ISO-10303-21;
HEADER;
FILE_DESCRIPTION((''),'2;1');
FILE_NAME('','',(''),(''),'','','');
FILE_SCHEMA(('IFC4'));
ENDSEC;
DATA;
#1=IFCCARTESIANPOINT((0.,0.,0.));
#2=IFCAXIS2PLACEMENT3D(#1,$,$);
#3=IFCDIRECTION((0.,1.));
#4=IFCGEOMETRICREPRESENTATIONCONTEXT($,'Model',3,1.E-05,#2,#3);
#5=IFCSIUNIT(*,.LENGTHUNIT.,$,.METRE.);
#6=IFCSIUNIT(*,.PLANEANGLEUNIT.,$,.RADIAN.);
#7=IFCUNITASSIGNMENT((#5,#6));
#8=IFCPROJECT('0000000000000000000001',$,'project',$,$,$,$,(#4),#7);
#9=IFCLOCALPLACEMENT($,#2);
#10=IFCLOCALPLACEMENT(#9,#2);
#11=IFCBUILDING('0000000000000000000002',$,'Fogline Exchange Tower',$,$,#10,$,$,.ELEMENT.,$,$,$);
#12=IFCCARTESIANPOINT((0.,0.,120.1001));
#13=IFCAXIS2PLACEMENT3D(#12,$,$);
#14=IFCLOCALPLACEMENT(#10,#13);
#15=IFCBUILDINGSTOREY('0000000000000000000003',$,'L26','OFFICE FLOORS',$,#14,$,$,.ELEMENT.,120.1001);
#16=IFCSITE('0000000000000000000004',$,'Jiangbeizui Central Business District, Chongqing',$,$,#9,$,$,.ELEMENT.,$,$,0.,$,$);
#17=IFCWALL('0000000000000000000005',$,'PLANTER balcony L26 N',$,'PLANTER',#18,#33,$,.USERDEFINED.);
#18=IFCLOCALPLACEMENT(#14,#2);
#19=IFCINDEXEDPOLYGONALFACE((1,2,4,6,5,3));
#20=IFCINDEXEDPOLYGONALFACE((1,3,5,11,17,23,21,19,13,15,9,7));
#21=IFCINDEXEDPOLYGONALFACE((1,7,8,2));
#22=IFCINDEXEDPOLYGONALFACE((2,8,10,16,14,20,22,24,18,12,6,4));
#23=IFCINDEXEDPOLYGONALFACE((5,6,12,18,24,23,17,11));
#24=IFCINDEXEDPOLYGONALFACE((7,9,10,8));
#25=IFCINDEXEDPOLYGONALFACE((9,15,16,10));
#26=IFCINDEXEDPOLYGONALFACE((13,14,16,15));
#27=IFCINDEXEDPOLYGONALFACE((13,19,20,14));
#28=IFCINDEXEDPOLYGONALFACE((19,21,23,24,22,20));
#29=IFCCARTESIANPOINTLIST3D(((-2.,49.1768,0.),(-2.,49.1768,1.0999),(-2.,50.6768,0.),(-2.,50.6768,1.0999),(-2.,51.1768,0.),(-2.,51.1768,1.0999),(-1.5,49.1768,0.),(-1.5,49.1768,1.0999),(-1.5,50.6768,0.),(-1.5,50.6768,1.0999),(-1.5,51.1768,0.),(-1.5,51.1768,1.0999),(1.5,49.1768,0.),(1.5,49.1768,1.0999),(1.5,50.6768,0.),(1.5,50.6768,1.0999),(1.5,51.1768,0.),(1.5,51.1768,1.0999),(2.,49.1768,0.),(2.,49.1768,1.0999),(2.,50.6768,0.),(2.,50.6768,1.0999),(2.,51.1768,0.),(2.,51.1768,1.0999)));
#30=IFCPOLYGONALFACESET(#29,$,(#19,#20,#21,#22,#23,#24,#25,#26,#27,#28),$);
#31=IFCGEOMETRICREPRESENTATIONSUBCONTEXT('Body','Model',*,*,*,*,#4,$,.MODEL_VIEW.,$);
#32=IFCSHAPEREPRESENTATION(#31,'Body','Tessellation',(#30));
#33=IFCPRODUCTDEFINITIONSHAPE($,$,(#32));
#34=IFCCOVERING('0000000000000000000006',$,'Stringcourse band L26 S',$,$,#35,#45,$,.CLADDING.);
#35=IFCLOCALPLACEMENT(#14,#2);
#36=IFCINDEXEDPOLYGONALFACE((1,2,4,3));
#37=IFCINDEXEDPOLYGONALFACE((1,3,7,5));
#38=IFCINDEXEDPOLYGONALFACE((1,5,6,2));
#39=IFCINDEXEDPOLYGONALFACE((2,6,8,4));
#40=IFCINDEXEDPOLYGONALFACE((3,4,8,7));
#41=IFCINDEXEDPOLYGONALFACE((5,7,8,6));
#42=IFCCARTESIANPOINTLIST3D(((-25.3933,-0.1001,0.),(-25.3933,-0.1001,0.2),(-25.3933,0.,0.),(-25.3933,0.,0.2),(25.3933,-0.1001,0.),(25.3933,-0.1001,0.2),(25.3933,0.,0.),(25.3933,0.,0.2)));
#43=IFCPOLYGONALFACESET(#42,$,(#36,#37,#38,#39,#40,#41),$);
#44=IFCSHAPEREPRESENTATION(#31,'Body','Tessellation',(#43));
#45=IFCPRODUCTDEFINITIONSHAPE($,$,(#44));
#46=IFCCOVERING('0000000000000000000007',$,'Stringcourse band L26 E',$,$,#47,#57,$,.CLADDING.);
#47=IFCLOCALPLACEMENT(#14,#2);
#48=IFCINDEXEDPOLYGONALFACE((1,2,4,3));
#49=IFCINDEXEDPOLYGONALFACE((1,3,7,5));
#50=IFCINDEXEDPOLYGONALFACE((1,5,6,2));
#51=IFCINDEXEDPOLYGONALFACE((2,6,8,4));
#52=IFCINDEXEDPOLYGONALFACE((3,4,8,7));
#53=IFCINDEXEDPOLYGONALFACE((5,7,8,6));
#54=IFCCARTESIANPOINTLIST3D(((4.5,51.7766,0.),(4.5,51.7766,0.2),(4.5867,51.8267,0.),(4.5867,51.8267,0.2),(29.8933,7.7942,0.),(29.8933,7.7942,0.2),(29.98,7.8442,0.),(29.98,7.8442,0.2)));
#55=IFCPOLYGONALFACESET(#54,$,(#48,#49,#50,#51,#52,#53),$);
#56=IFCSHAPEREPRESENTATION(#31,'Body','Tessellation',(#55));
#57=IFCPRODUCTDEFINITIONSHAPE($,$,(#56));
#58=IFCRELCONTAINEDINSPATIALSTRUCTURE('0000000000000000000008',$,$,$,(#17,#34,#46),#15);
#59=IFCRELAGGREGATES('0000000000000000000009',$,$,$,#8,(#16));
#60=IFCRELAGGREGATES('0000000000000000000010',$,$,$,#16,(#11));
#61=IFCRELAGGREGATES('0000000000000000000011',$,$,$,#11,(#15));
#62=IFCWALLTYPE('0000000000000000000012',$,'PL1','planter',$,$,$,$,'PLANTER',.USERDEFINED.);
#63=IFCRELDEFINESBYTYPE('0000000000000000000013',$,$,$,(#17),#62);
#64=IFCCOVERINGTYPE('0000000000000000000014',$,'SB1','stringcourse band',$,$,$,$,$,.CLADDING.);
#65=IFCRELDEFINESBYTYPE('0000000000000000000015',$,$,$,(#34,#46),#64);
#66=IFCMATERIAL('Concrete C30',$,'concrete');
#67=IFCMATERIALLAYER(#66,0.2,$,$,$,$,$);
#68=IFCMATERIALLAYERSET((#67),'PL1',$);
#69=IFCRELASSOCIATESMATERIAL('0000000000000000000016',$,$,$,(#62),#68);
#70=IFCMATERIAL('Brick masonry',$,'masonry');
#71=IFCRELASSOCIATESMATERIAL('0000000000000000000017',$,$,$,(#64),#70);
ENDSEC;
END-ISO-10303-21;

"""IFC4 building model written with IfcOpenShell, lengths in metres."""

from ifc_helpers import new_model, si_unit, direction, frame, origin, place, context, subcontext, project, spatial, polyline, outline, extrude, material, layer, layer_set, type_object, element, save


model = new_model("IFC4")

# Units and contexts
model_context = context("Model", 3, precision=1e-05, world=origin(), true_north=direction((0.0, 1.0)))
body_context = subcontext(model_context, "Body", "Model", "MODEL_VIEW")
ifc_project = project(units=[si_unit("LENGTHUNIT", "METRE"), si_unit("PLANEANGLEUNIT", "RADIAN")], contexts=[model_context])

# Site, building, storey
site_placement = place(None, origin())
site = spatial("IfcSite", under=ifc_project, at=site_placement, Name="Jiangbeizui Central Business District, Chongqing", CompositionType="ELEMENT", RefElevation=0.0)
building_placement = place(site_placement, origin())
building = spatial("IfcBuilding", under=site, at=building_placement, Name="Fogline Exchange Tower", CompositionType="ELEMENT")
storey_placement = place(building_placement, frame((0.0, 0.0, 120.1001)))
storey = spatial("IfcBuildingStorey", under=building, at=storey_placement, Name="L26", Description="OFFICE FLOORS", CompositionType="ELEMENT", Elevation=120.1001)

# Wall
ifc_material_1 = material(Name="Brick masonry", Category="masonry")
ifc_material_2 = material(Name="Concrete C30", Category="concrete")
ifc_layer_1 = layer(ifc_material_2, 0.2)
ifc_layer_set_1 = layer_set([ifc_layer_1], Name="PL1")
wall_type_1 = type_object("IfcWallType", Name="PL1", Description="planter", ElementType="PLANTER", PredefinedType="USERDEFINED", material=ifc_layer_set_1)
wall_1_placement = place(storey_placement, origin())
element("IfcWall", 1, at=wall_1_placement, inside=storey, type_object=wall_type_1, Name="PLANTER balcony L26 N", ObjectType="PLANTER", PredefinedType="USERDEFINED", context=body_context, shape_type="SweptSolid", body=[
    extrude(outline(polyline([(-1.5, 51.1768), (-2.0, 51.1768), (-2.0, 50.6768), (-2.0, 49.1768), (-1.5, 49.1768), (-1.5, 50.6768), (1.5, 50.6768), (1.5, 49.1768), (2.0, 49.1768), (2.0, 50.6768), (2.0, 51.1768), (1.5, 51.1768), (-1.5, 51.1768)])), origin(), (0.0, 0.0, 1.0), 1.0999),
])

# Coverings
covering_type = type_object("IfcCoveringType", Name="SB1", Description="stringcourse band", PredefinedType="CLADDING", material=ifc_material_1)
covering_1_placement = place(storey_placement, origin())
element("IfcCovering", 2, at=covering_1_placement, inside=storey, type_object=covering_type, Name="Stringcourse band L26 S", PredefinedType="CLADDING", context=body_context, shape_type="SweptSolid", body=[
    extrude(outline(polyline([(-25.3933, 0.0), (-25.3933, -0.1001), (25.3933, -0.1001), (25.3933, 0.0), (-25.3933, 0.0)])), origin(), (0.0, 0.0, 1.0), 0.2),
])
covering_2_placement = place(storey_placement, origin())
element("IfcCovering", 3, at=covering_2_placement, inside=storey, type_object=covering_type, Name="Stringcourse band L26 E", PredefinedType="CLADDING", context=body_context, shape_type="SweptSolid", body=[
    extrude(outline(polyline([(29.8933, 7.7942), (29.98, 7.8442), (4.5867, 51.8267), (4.5, 51.7766), (29.8933, 7.7942)])), origin(), (0.0, 0.0, 1.0), 0.2),
])

save(model, "model.ifc")
